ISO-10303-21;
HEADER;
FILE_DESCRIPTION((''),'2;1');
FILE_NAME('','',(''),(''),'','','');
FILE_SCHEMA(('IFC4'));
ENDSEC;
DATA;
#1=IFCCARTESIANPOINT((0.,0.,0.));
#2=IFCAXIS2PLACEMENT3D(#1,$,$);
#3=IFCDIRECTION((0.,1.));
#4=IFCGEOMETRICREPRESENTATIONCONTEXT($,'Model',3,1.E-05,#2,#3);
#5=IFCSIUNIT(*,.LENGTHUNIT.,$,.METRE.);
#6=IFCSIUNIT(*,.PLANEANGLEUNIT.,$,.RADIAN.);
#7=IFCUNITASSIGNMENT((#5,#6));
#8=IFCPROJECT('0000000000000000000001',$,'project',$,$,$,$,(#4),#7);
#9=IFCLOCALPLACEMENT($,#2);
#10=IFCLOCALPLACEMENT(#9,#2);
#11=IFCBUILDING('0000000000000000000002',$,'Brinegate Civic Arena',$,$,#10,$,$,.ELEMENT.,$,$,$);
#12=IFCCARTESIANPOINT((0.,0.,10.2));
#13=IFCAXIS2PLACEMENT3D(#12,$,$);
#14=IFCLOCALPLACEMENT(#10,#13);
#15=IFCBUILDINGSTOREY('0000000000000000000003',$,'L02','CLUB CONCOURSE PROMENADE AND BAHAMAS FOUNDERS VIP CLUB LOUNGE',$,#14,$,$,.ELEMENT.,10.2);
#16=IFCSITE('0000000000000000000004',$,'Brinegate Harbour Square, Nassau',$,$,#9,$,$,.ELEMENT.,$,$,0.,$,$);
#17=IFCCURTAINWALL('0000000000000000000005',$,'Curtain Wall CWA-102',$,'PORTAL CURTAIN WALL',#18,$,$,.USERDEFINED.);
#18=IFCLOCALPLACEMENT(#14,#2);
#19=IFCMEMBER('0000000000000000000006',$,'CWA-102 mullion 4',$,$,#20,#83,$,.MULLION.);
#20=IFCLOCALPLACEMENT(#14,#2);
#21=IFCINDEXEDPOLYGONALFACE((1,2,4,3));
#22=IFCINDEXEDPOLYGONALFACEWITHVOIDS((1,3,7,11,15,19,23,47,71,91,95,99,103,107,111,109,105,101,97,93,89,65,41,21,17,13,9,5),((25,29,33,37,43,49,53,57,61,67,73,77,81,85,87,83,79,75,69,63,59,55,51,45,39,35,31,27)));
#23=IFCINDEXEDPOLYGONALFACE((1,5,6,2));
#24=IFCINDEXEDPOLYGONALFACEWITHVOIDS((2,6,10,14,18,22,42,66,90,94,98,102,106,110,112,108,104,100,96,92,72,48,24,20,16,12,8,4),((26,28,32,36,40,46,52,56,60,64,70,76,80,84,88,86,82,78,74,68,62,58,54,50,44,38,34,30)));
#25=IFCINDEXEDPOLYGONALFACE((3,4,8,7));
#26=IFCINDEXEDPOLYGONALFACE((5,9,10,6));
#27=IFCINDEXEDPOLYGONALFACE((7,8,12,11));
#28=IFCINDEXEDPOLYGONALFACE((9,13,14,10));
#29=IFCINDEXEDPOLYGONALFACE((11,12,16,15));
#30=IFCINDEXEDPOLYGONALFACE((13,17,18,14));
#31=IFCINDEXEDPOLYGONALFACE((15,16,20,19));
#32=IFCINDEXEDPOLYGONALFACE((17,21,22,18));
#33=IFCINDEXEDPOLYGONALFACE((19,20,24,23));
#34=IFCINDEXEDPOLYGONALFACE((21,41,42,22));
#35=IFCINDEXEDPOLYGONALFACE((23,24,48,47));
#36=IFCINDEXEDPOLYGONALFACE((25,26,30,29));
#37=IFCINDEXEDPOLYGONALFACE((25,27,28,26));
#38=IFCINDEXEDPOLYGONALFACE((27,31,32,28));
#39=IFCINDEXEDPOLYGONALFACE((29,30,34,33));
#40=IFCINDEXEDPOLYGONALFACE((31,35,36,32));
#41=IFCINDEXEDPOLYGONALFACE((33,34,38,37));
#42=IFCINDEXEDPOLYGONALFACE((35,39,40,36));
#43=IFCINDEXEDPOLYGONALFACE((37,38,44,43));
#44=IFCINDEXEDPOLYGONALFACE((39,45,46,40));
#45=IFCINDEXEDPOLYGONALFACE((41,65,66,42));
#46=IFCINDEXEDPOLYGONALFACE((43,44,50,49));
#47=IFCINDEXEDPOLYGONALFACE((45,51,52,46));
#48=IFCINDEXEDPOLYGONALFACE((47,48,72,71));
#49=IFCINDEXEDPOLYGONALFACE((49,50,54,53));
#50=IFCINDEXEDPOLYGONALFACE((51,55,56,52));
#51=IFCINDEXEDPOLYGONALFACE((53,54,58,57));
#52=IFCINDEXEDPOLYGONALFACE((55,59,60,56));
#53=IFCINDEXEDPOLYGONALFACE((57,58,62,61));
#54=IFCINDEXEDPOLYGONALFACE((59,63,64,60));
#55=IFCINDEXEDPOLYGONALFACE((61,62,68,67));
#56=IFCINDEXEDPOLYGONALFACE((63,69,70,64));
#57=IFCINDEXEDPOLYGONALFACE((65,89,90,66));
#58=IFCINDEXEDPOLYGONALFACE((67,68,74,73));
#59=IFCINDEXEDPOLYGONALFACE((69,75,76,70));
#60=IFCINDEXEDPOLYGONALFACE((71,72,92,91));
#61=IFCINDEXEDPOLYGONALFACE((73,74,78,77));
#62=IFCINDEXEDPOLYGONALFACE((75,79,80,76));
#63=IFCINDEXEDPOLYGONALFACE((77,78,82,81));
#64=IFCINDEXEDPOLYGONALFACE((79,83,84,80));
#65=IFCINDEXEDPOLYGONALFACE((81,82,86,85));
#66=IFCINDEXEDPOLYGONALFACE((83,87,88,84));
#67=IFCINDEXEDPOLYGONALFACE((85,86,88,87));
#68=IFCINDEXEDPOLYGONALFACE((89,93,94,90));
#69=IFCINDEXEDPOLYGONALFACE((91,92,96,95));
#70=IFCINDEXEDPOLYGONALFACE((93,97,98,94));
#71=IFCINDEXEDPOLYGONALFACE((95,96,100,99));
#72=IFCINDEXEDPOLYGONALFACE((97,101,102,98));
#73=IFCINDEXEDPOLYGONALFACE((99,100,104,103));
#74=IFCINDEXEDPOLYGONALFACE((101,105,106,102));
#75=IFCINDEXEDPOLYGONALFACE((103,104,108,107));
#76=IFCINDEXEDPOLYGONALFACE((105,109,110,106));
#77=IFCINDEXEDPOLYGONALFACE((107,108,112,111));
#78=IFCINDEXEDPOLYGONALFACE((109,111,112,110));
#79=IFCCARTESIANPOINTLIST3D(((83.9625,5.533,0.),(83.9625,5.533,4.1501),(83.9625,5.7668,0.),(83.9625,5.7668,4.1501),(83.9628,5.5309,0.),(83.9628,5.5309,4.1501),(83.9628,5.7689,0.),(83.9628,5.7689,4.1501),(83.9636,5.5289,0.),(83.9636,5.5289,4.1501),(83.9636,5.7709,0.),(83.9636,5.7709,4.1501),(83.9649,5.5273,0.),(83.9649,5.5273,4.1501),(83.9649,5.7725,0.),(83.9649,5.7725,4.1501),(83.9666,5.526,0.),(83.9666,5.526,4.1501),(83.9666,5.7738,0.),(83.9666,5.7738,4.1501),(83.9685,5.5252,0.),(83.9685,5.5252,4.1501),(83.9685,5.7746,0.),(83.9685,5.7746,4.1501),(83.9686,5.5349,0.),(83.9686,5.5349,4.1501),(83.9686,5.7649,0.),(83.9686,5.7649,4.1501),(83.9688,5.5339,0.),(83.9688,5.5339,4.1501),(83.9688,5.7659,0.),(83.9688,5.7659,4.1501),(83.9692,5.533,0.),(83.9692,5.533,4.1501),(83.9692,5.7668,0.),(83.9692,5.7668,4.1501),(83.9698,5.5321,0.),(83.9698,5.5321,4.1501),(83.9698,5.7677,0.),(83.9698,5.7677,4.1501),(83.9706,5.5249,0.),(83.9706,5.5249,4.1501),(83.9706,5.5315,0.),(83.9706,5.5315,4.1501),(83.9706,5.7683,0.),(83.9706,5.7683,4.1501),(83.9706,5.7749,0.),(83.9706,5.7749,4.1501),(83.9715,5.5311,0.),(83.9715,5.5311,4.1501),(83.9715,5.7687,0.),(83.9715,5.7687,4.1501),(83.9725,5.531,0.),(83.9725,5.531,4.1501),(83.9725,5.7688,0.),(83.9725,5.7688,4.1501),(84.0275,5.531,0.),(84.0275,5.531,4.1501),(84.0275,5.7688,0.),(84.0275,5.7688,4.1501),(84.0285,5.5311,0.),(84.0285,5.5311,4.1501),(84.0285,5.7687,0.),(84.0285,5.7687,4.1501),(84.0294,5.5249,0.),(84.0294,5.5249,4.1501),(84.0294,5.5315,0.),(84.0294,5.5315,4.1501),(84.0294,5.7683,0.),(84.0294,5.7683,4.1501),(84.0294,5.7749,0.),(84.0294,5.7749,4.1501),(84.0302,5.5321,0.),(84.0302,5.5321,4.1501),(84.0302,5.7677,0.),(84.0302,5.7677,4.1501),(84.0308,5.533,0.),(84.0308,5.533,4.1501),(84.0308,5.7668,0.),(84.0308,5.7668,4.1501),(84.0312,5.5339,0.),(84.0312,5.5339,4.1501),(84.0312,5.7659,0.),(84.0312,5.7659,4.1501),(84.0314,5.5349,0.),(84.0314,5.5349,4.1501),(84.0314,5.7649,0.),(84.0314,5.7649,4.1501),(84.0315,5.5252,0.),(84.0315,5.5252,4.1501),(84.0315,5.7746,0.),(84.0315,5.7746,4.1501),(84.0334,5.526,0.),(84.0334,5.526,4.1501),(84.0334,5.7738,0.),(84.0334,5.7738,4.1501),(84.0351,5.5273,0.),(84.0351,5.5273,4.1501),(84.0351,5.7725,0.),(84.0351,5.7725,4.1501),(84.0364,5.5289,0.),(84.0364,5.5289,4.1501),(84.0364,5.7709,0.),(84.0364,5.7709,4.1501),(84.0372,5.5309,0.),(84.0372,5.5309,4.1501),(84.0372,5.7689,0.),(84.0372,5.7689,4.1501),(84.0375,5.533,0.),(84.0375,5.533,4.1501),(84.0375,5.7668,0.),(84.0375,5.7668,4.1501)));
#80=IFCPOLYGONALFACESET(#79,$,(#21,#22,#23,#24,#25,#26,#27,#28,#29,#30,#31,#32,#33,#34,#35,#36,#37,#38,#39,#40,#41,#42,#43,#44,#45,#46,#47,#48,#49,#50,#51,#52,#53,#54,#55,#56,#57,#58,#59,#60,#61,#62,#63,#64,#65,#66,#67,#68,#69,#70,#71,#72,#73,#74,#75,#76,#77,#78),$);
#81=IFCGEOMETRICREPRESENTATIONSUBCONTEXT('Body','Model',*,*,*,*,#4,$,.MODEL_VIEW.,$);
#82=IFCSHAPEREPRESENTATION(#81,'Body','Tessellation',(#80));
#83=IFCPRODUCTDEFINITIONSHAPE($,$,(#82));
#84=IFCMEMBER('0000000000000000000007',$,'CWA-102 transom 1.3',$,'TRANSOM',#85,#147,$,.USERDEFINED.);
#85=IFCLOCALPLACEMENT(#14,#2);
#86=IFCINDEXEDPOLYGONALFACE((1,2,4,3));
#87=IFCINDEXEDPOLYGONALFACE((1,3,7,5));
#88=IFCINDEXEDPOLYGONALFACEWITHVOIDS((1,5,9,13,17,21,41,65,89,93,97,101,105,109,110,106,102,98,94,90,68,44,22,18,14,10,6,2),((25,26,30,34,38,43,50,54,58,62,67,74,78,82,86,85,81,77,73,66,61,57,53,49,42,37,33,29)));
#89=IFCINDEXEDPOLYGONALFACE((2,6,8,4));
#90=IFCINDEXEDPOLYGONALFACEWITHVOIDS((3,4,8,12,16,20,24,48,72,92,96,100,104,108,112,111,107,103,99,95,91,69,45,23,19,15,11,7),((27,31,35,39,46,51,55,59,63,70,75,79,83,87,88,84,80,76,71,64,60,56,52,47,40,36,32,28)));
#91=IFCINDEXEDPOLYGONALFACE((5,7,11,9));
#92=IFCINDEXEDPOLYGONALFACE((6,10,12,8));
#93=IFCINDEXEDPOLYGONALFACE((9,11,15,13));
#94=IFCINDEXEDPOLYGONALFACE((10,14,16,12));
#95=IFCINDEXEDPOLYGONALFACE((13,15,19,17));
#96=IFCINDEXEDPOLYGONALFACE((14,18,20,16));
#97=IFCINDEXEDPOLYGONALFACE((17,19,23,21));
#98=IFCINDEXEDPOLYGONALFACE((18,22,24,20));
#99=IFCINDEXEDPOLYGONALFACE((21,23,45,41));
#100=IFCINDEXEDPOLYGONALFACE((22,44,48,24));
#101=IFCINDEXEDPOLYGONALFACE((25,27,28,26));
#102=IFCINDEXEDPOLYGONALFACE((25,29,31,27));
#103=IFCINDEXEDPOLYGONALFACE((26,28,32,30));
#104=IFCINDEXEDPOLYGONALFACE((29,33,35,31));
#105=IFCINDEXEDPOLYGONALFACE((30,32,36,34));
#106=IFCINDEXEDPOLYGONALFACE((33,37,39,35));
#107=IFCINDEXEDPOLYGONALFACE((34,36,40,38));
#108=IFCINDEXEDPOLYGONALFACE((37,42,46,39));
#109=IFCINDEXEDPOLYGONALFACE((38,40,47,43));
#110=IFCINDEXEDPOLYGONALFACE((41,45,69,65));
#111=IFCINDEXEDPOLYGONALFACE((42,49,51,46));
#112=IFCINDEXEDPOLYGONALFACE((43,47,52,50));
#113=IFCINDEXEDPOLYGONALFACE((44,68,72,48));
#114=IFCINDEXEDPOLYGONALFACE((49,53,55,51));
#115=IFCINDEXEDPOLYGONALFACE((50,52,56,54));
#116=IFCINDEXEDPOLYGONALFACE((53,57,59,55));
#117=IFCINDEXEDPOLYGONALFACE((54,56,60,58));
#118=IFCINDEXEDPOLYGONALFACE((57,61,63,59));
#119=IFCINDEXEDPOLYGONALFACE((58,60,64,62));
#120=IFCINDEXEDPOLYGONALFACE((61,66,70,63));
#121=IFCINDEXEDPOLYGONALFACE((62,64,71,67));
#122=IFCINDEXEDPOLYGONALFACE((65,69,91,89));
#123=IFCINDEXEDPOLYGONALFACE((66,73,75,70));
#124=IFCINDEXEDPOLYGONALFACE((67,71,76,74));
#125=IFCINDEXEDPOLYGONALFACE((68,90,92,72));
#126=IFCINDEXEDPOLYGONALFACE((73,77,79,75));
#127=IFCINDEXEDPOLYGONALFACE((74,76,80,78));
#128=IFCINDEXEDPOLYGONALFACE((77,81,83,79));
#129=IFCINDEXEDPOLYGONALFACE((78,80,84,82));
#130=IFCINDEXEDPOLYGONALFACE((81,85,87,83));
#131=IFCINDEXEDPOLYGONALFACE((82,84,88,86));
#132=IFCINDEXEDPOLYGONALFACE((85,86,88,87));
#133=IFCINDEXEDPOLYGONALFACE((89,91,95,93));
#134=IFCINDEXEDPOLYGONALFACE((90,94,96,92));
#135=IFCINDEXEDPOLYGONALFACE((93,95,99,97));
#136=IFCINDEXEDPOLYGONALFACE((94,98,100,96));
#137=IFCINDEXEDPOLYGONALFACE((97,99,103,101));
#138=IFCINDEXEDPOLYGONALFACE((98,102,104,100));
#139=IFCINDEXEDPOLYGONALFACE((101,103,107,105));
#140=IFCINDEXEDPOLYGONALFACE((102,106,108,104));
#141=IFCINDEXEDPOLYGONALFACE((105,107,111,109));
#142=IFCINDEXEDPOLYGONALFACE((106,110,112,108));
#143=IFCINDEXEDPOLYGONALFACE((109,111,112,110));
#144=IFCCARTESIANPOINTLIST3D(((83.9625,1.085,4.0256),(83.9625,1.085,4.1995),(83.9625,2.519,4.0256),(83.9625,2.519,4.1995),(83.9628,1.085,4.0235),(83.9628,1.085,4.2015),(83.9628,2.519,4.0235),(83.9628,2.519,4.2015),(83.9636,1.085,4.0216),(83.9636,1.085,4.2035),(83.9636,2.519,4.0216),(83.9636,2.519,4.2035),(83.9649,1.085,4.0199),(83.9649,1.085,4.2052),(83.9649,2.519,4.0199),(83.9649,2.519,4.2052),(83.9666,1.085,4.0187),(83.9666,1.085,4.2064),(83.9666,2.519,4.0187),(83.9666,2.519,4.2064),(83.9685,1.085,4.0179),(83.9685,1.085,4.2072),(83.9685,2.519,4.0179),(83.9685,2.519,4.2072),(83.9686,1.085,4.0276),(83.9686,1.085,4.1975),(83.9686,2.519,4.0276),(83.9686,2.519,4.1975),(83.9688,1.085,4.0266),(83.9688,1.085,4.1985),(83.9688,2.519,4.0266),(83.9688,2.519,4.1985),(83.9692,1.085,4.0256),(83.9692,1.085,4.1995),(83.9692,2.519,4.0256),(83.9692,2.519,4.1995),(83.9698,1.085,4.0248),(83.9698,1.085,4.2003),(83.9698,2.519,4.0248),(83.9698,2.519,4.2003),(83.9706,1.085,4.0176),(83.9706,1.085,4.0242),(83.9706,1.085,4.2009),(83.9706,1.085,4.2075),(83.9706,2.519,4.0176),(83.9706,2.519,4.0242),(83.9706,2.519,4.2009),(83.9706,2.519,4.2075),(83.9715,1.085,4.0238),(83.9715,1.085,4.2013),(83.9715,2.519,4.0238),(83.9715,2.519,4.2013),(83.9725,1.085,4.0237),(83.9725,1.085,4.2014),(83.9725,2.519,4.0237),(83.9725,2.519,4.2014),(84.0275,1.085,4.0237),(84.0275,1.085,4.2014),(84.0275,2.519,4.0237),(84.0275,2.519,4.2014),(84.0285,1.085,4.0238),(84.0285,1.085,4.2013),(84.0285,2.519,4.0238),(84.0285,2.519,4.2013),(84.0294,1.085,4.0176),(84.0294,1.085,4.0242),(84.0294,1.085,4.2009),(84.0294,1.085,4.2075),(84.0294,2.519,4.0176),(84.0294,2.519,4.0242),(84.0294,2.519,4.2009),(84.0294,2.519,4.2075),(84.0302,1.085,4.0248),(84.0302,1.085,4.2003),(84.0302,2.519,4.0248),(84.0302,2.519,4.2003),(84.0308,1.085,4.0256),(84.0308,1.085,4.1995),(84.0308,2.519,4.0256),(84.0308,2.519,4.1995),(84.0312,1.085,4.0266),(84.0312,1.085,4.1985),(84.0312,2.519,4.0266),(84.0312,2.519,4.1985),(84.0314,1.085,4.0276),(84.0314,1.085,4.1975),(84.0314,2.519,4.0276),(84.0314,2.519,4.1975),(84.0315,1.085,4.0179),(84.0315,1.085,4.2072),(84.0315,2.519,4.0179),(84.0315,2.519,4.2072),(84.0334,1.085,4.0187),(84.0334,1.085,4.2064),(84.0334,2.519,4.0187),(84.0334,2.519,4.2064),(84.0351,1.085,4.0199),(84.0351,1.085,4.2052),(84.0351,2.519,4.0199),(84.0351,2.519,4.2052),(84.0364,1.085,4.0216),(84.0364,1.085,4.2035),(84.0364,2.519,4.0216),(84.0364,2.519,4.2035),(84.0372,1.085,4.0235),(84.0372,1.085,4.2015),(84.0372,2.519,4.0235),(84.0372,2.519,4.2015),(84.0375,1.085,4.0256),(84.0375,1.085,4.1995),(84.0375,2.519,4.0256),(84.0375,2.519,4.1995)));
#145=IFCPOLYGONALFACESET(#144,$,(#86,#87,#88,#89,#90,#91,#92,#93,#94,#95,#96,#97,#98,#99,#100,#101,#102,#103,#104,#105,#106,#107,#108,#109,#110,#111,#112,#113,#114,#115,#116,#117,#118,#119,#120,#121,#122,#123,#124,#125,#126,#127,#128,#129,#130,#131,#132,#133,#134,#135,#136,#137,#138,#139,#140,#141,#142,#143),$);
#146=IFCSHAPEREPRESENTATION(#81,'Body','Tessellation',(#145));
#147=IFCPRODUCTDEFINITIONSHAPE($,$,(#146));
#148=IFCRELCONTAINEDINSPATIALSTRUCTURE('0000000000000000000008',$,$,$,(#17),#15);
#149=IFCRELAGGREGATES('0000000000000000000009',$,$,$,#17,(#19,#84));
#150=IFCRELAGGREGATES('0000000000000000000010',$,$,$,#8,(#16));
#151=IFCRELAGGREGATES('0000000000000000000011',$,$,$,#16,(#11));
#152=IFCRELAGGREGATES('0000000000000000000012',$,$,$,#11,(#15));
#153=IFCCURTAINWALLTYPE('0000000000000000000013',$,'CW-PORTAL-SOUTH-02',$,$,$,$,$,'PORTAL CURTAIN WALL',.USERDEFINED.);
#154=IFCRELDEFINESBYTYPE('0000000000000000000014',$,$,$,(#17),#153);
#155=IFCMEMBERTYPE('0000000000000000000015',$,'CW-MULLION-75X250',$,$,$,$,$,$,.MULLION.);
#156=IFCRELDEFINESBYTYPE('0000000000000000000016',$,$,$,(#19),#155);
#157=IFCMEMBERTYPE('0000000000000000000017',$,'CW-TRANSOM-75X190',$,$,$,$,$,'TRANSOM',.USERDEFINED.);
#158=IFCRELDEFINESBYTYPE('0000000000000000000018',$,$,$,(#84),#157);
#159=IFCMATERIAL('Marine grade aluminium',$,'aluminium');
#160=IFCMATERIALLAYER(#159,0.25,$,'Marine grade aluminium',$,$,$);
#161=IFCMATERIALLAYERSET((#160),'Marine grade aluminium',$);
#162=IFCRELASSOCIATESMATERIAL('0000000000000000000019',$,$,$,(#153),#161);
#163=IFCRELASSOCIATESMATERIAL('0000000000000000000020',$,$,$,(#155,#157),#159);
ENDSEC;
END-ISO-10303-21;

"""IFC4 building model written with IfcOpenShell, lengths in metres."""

from ifc_helpers import new_model, si_unit, direction, frame, origin, origin_2d, place, context, subcontext, project, spatial, hollow_rectangle, extrude, material, layer, layer_set, material_profile, profile_set, type_object, element, aggregate, save


model = new_model("IFC4")

# Units and contexts
model_context = context("Model", 3, precision=1e-05, world=origin(), true_north=direction((0.0, 1.0)))
body_context = subcontext(model_context, "Body", "Model", "MODEL_VIEW")
ifc_project = project(units=[si_unit("LENGTHUNIT", "METRE"), si_unit("PLANEANGLEUNIT", "RADIAN")], contexts=[model_context])

# Site, building, storey
site_placement = place(None, origin())
site = spatial("IfcSite", under=ifc_project, at=site_placement, Name="Brinegate Harbour Square, Nassau", CompositionType="ELEMENT", RefElevation=0.0)
building_placement = place(site_placement, origin())
building = spatial("IfcBuilding", under=site, at=building_placement, Name="Brinegate Civic Arena", CompositionType="ELEMENT")
storey_placement = place(building_placement, frame((0.0, 0.0, 10.2)))
storey = spatial("IfcBuildingStorey", under=building, at=storey_placement, Name="L02", Description="CLUB CONCOURSE PROMENADE AND BAHAMAS FOUNDERS VIP CLUB LOUNGE", CompositionType="ELEMENT", Elevation=10.2)

# Curtain wall, members
ifc_material_1 = material(Name="Marine grade aluminium", Category="aluminium")
ifc_layer_1 = layer(ifc_material_1, 0.25, Name="Marine grade aluminium")
ifc_layer_set_1 = layer_set([ifc_layer_1], Name="Marine grade aluminium")
curtain_wall_type = type_object("IfcCurtainWallType", Name="CW-PORTAL-SOUTH-02", ElementType="PORTAL CURTAIN WALL", PredefinedType="USERDEFINED", material=ifc_layer_set_1)
curtain_wall_placement = place(storey_placement, origin())
curtain_wall = element("IfcCurtainWall", 1, at=curtain_wall_placement, inside=storey, type_object=curtain_wall_type, Name="Curtain Wall CWA-102", ObjectType="PORTAL CURTAIN WALL", PredefinedType="USERDEFINED")
ifc_material_profile_1 = material_profile(ifc_material_1, hollow_rectangle(XDim=0.075, YDim=0.25, WallThickness=0.0061, InnerFilletRadius=0.0039, OuterFilletRadius=0.0081, at=origin_2d()), Name="MUL75X250")
ifc_profile_set_1 = profile_set([ifc_material_profile_1], Name="Marine grade aluminium")
member_type_1 = type_object("IfcMemberType", Name="CW-MULLION-75X250", PredefinedType="MULLION", material=ifc_profile_set_1)
member_1_placement = place(storey_placement, frame((84.0, 5.6499, 0.0), z_axis=(0.0, 0.0, 1.0), x_axis=(-1.0, 0.0, 0.0)))
member_1 = element("IfcMember", 2, at=member_1_placement, type_object=member_type_1, Name="CWA-102 mullion 4", PredefinedType="MULLION", context=body_context, shape_type="SweptSolid", body=[
    extrude(hollow_rectangle(XDim=0.075, YDim=0.25, WallThickness=0.0061, InnerFilletRadius=0.0039, OuterFilletRadius=0.0081, at=origin_2d()), origin(), (0.0, 0.0, 1.0), 4.1501),
])
ifc_material_profile_2 = material_profile(ifc_material_1, hollow_rectangle(XDim=0.075, YDim=0.1899, WallThickness=0.0061, InnerFilletRadius=0.0039, OuterFilletRadius=0.0081, at=origin_2d()), Name="TRN75X190")
ifc_profile_set_2 = profile_set([ifc_material_profile_2], Name="Marine grade aluminium")
member_type_2 = type_object("IfcMemberType", Name="CW-TRANSOM-75X190", ElementType="TRANSOM", PredefinedType="USERDEFINED", material=ifc_profile_set_2)
member_2_placement = place(storey_placement, frame((84.0, 1.085, 4.1125), z_axis=(0.0, 1.0, 0.0), x_axis=(-1.0, 0.0, 0.0)))
member_2 = element("IfcMember", 3, at=member_2_placement, type_object=member_type_2, Name="CWA-102 transom 1.3", ObjectType="TRANSOM", PredefinedType="USERDEFINED", context=body_context, shape_type="SweptSolid", body=[
    extrude(hollow_rectangle(XDim=0.075, YDim=0.1899, WallThickness=0.0061, InnerFilletRadius=0.0039, OuterFilletRadius=0.0081, at=origin_2d()), origin(), (0.0, 0.0, 1.0), 1.4341),
])
aggregate(curtain_wall, [member_1, member_2])

save(model, "model.ifc")
